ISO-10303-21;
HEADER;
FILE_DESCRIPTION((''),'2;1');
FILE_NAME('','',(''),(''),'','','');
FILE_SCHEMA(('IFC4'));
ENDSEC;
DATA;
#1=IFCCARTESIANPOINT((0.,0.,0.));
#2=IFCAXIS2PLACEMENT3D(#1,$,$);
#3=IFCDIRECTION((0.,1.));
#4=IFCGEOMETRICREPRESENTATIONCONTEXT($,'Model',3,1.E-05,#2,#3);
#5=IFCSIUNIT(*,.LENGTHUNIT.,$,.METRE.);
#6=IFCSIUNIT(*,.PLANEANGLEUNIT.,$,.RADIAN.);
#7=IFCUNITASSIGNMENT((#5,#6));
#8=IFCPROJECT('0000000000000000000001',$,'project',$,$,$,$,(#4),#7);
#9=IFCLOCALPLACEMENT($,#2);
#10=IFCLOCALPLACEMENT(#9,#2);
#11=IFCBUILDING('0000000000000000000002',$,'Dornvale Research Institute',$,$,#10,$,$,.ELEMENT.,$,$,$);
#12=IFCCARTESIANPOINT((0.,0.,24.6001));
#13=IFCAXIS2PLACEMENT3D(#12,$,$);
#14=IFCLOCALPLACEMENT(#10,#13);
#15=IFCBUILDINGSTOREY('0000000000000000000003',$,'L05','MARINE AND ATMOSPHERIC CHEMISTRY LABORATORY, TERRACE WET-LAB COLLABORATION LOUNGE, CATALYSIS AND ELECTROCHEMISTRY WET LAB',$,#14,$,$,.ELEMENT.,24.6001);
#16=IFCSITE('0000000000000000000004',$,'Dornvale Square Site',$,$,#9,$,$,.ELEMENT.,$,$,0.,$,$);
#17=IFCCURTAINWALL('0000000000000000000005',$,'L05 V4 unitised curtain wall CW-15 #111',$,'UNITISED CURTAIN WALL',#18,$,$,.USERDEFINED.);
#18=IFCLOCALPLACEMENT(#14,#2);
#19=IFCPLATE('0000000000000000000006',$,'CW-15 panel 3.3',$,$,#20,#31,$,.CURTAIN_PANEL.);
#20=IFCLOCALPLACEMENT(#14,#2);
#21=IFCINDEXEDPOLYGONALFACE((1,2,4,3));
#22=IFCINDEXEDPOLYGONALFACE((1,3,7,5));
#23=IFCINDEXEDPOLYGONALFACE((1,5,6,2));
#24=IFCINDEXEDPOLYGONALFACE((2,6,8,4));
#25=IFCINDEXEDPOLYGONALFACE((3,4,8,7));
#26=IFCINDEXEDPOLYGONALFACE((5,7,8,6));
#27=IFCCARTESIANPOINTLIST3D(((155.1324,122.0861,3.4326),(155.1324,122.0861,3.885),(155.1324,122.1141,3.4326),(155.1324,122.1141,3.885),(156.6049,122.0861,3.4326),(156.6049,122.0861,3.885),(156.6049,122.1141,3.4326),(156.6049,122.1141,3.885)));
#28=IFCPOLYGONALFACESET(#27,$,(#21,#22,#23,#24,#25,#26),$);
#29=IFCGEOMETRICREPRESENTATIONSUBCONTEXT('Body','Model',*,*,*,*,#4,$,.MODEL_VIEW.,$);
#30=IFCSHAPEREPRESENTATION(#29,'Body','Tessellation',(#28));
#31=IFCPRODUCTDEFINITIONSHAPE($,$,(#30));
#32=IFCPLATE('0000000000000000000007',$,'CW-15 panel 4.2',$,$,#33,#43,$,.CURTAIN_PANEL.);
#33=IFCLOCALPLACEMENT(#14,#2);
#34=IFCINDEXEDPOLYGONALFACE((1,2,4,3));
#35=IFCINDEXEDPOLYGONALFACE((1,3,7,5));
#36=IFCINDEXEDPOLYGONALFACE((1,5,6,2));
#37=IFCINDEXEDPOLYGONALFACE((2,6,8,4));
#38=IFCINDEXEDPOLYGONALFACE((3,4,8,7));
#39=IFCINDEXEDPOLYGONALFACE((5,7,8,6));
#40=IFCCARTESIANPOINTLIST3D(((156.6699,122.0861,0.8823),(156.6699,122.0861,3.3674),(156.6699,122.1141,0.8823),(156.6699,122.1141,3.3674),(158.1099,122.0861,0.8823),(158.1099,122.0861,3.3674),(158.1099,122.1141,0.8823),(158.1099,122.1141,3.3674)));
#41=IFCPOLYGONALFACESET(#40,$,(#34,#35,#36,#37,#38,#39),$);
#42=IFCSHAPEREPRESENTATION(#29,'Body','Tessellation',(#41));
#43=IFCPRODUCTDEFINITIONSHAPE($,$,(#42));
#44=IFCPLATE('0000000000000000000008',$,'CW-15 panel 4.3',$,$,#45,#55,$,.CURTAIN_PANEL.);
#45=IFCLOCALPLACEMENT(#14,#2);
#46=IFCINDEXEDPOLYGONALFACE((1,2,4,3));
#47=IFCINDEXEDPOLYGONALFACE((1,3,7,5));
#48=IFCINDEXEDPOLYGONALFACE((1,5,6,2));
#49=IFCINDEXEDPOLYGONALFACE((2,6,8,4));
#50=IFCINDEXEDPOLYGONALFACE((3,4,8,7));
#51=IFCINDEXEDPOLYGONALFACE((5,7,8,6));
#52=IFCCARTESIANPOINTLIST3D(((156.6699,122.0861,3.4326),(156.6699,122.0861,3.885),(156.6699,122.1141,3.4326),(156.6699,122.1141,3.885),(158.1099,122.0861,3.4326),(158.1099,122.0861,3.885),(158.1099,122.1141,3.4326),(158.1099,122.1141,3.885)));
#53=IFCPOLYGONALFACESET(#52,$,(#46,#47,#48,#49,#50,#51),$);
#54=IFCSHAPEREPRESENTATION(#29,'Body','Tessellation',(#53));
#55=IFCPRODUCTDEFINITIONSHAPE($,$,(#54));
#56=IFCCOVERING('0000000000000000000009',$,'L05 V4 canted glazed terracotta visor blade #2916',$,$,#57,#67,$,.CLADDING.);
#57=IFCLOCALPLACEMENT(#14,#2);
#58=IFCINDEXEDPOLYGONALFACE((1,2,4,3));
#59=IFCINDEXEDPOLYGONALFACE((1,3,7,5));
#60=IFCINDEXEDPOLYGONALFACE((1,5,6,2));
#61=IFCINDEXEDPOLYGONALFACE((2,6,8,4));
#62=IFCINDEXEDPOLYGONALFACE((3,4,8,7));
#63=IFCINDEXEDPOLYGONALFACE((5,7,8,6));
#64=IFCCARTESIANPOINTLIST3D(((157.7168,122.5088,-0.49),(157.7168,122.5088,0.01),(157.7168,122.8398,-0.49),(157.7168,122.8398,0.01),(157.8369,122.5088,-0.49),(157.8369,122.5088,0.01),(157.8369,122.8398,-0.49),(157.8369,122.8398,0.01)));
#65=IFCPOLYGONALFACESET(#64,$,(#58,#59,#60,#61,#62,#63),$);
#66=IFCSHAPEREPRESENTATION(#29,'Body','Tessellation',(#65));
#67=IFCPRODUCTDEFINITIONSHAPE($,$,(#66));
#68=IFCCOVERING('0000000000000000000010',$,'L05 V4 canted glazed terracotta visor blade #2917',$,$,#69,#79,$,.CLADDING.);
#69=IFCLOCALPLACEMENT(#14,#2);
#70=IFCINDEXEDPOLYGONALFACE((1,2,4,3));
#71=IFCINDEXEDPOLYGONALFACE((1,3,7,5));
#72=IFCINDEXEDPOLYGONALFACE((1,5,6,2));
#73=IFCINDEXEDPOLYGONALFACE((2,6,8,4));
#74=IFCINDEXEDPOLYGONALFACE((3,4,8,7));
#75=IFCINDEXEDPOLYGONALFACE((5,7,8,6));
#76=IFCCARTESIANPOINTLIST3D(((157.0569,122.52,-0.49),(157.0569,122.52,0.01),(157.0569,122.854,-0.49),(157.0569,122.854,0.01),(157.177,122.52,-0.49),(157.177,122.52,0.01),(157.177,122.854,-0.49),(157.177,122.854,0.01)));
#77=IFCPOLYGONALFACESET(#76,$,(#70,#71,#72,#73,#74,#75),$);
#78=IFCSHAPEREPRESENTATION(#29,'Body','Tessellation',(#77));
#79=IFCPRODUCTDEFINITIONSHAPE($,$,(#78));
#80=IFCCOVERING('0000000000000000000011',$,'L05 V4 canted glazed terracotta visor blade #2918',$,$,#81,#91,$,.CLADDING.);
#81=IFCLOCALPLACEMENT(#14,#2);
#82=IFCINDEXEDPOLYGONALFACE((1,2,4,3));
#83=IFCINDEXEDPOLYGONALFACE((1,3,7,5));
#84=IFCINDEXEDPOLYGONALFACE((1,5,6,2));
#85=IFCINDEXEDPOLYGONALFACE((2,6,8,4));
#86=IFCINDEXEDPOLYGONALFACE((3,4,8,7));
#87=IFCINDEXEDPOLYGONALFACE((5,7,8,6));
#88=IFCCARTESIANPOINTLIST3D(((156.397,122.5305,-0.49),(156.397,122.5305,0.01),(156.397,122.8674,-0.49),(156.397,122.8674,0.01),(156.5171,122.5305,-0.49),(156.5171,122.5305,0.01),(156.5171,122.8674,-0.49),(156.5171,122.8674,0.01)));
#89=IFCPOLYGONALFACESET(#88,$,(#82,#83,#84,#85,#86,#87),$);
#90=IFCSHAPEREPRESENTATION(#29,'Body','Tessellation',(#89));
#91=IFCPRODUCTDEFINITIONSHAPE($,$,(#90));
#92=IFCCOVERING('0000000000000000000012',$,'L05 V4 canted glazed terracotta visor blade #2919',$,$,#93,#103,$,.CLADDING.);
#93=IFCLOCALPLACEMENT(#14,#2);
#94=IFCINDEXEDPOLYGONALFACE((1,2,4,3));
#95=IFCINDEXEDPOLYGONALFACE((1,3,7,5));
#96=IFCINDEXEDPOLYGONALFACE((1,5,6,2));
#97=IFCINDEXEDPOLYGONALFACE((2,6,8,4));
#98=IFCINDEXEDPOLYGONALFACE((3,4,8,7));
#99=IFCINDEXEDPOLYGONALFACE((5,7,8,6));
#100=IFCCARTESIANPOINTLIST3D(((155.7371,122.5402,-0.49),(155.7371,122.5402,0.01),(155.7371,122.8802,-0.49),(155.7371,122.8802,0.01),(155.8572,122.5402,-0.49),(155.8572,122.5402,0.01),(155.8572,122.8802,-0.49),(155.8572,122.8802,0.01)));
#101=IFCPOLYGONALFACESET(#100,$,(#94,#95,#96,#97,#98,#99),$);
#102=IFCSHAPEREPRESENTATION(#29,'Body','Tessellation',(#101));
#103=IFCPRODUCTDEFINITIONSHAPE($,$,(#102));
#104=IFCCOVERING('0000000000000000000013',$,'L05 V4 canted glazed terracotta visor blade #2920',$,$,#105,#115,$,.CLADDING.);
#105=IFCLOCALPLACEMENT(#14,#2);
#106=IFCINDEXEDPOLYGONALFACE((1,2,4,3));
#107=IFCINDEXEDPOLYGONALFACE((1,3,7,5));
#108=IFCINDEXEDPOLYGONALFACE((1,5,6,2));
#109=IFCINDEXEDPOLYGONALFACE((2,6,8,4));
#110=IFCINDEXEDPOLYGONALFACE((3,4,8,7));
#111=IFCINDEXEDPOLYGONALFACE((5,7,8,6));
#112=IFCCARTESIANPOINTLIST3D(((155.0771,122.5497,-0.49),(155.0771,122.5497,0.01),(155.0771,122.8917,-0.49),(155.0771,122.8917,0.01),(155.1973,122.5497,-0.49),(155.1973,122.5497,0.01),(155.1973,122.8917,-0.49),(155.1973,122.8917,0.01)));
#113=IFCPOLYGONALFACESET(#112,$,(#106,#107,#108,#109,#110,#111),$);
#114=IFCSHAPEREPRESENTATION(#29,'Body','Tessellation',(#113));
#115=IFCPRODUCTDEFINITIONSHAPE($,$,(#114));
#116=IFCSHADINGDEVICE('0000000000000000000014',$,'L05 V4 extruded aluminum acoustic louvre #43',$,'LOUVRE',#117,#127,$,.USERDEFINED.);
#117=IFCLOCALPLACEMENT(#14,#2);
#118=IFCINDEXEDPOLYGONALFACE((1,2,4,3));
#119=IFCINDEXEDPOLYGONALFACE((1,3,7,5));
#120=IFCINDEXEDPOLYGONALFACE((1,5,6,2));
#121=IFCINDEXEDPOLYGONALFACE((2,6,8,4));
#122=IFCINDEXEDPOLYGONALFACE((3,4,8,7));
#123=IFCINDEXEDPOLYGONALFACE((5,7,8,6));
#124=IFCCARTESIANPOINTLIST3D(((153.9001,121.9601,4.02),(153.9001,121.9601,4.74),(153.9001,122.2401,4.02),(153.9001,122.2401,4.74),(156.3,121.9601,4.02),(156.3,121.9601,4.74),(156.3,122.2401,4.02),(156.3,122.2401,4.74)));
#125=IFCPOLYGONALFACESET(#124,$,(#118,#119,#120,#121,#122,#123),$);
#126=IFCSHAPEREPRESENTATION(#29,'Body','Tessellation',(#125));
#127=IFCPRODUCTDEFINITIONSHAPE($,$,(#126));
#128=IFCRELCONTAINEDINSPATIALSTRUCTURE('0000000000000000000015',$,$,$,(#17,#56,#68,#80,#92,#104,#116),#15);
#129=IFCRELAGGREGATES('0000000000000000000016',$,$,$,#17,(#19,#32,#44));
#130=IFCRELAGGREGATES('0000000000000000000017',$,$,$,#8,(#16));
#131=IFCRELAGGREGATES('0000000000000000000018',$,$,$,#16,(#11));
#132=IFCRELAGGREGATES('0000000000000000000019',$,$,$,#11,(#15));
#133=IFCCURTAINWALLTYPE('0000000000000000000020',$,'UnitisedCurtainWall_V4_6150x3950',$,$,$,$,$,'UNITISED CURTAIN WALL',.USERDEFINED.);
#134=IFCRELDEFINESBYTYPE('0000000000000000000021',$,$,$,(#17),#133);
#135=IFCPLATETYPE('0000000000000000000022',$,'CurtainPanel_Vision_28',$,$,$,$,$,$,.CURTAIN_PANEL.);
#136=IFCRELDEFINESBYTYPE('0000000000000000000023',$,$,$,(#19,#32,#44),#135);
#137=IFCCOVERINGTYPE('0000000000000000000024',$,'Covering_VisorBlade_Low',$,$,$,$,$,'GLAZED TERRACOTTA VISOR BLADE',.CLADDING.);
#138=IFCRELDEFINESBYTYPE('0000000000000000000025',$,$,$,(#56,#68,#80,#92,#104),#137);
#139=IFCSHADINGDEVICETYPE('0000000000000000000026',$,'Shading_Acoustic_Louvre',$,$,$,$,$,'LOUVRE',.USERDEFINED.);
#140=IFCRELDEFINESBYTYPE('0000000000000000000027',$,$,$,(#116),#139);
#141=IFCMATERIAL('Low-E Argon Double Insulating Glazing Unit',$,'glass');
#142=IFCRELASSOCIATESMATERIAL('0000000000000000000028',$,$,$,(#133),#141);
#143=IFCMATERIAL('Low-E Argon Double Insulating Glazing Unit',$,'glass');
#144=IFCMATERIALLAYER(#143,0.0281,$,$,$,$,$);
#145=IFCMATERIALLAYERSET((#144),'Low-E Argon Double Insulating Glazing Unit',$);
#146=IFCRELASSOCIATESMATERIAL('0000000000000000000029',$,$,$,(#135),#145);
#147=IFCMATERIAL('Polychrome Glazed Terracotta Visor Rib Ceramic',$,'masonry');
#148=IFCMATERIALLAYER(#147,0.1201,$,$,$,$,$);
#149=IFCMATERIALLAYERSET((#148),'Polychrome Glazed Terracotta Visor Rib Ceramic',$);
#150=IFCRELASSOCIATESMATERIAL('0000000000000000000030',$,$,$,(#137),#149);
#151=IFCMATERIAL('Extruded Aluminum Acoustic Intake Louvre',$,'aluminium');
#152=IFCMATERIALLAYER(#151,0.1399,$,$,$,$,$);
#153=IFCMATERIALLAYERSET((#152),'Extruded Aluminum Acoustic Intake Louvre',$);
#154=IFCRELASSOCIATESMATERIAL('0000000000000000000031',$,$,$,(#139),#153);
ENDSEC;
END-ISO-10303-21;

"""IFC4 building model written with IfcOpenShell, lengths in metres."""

from ifc_helpers import new_model, si_unit, direction, frame, origin, origin_2d, place, context, subcontext, project, spatial, rectangle, extrude, material, layer, layer_set, type_object, element, aggregate, save


model = new_model("IFC4")

# Units and contexts
model_context = context("Model", 3, precision=1e-05, world=origin(), true_north=direction((0.0, 1.0)))
body_context = subcontext(model_context, "Body", "Model", "MODEL_VIEW")
ifc_project = project(units=[si_unit("LENGTHUNIT", "METRE"), si_unit("PLANEANGLEUNIT", "RADIAN")], contexts=[model_context])

# Site, building, storey
site_placement = place(None, origin())
site = spatial("IfcSite", under=ifc_project, at=site_placement, Name="Dornvale Square Site", CompositionType="ELEMENT", RefElevation=0.0)
building_placement = place(site_placement, origin())
building = spatial("IfcBuilding", under=site, at=building_placement, Name="Dornvale Research Institute", CompositionType="ELEMENT")
storey_placement = place(building_placement, frame((0.0, 0.0, 24.6001)))
storey = spatial("IfcBuildingStorey", under=building, at=storey_placement, Name="L05", Description="MARINE AND ATMOSPHERIC CHEMISTRY LABORATORY, TERRACE WET-LAB COLLABORATION LOUNGE, CATALYSIS AND ELECTROCHEMISTRY WET LAB", CompositionType="ELEMENT", Elevation=24.6001)

# Curtain wall, plates
ifc_material_1 = material(Name="Low-E Argon Double Insulating Glazing Unit", Category="glass")
curtain_wall_type = type_object("IfcCurtainWallType", Name="UnitisedCurtainWall_V4_6150x3950", ElementType="UNITISED CURTAIN WALL", PredefinedType="USERDEFINED", material=ifc_material_1)
curtain_wall_placement = place(storey_placement, origin())
curtain_wall = element("IfcCurtainWall", 1, at=curtain_wall_placement, inside=storey, type_object=curtain_wall_type, Name="L05 V4 unitised curtain wall CW-15 #111", ObjectType="UNITISED CURTAIN WALL", PredefinedType="USERDEFINED")
ifc_material_2 = material(Name="Low-E Argon Double Insulating Glazing Unit", Category="glass")
ifc_layer_1 = layer(ifc_material_2, 0.0281)
ifc_layer_set_1 = layer_set([ifc_layer_1], Name="Low-E Argon Double Insulating Glazing Unit")
plate_type_1 = type_object("IfcPlateType", Name="CurtainPanel_Vision_28", PredefinedType="CURTAIN_PANEL", material=ifc_layer_set_1)
plate_1_placement = place(storey_placement, frame((155.8687, 122.1001, 3.4326), z_axis=(0.0, 0.0, 1.0), x_axis=(1.0, 0.0, 0.0)))
plate_1 = element("IfcPlate", 2, at=plate_1_placement, type_object=plate_type_1, Name="CW-15 panel 3.3", PredefinedType="CURTAIN_PANEL", context=body_context, shape_type="SweptSolid", body=[
    extrude(rectangle(XDim=1.4724, YDim=0.0281, at=origin_2d()), origin(), (0.0, 0.0, 1.0), 0.4524),
])
plate_2_placement = place(storey_placement, frame((157.3899, 122.1001, 0.8823), z_axis=(0.0, 0.0, 1.0), x_axis=(1.0, 0.0, 0.0)))
plate_2 = element("IfcPlate", 3, at=plate_2_placement, type_object=plate_type_1, Name="CW-15 panel 4.2", PredefinedType="CURTAIN_PANEL", context=body_context, shape_type="SweptSolid", body=[
    extrude(rectangle(XDim=1.4399, YDim=0.0281, at=origin_2d()), origin(), (0.0, 0.0, 1.0), 2.4851),
])
plate_3_placement = place(storey_placement, frame((157.3899, 122.1001, 3.4326), z_axis=(0.0, 0.0, 1.0), x_axis=(1.0, 0.0, 0.0)))
plate_3 = element("IfcPlate", 4, at=plate_3_placement, type_object=plate_type_1, Name="CW-15 panel 4.3", PredefinedType="CURTAIN_PANEL", context=body_context, shape_type="SweptSolid", body=[
    extrude(rectangle(XDim=1.4399, YDim=0.0281, at=origin_2d()), origin(), (0.0, 0.0, 1.0), 0.4524),
])
aggregate(curtain_wall, [plate_1, plate_2, plate_3])

# Coverings
ifc_material_3 = material(Name="Polychrome Glazed Terracotta Visor Rib Ceramic", Category="masonry")
ifc_layer_2 = layer(ifc_material_3, 0.1201)
ifc_layer_set_2 = layer_set([ifc_layer_2], Name="Polychrome Glazed Terracotta Visor Rib Ceramic")
covering_type = type_object("IfcCoveringType", Name="Covering_VisorBlade_Low", ElementType="GLAZED TERRACOTTA VISOR BLADE", PredefinedType="CLADDING", material=ifc_layer_set_2)
covering_1_placement = place(storey_placement, frame((157.7769, 122.6743, -0.49), z_axis=(0.0, 0.0, 1.0), x_axis=(0.0, 1.0, 0.0)))
element("IfcCovering", 5, at=covering_1_placement, inside=storey, type_object=covering_type, Name="L05 V4 canted glazed terracotta visor blade #2916", PredefinedType="CLADDING", context=body_context, shape_type="SweptSolid", body=[
    extrude(rectangle(XDim=0.3311, YDim=0.1201, at=origin_2d()), origin(), (0.0, 0.0, 1.0), 0.5),
])
covering_2_placement = place(storey_placement, frame((157.1169, 122.687, -0.49), z_axis=(0.0, 0.0, 1.0), x_axis=(0.0, 1.0, 0.0)))
element("IfcCovering", 6, at=covering_2_placement, inside=storey, type_object=covering_type, Name="L05 V4 canted glazed terracotta visor blade #2917", PredefinedType="CLADDING", context=body_context, shape_type="SweptSolid", body=[
    extrude(rectangle(XDim=0.334, YDim=0.1201, at=origin_2d()), origin(), (0.0, 0.0, 1.0), 0.5),
])
covering_3_placement = place(storey_placement, frame((156.457, 122.699, -0.49), z_axis=(0.0, 0.0, 1.0), x_axis=(0.0, 1.0, 0.0)))
element("IfcCovering", 7, at=covering_3_placement, inside=storey, type_object=covering_type, Name="L05 V4 canted glazed terracotta visor blade #2918", PredefinedType="CLADDING", context=body_context, shape_type="SweptSolid", body=[
    extrude(rectangle(XDim=0.3369, YDim=0.1201, at=origin_2d()), origin(), (0.0, 0.0, 1.0), 0.5),
])
covering_4_placement = place(storey_placement, frame((155.7971, 122.7102, -0.49), z_axis=(0.0, 0.0, 1.0), x_axis=(0.0, 1.0, 0.0)))
element("IfcCovering", 8, at=covering_4_placement, inside=storey, type_object=covering_type, Name="L05 V4 canted glazed terracotta visor blade #2919", PredefinedType="CLADDING", context=body_context, shape_type="SweptSolid", body=[
    extrude(rectangle(XDim=0.3401, YDim=0.1201, at=origin_2d()), origin(), (0.0, 0.0, 1.0), 0.5),
])
covering_5_placement = place(storey_placement, frame((155.1372, 122.7207, -0.49), z_axis=(0.0, 0.0, 1.0), x_axis=(0.0, 1.0, 0.0)))
element("IfcCovering", 9, at=covering_5_placement, inside=storey, type_object=covering_type, Name="L05 V4 canted glazed terracotta visor blade #2920", PredefinedType="CLADDING", context=body_context, shape_type="SweptSolid", body=[
    extrude(rectangle(XDim=0.342, YDim=0.1201, at=origin_2d()), origin(), (0.0, 0.0, 1.0), 0.5),
])

# Shading device
ifc_material_4 = material(Name="Extruded Aluminum Acoustic Intake Louvre", Category="aluminium")
ifc_layer_3 = layer(ifc_material_4, 0.1399)
ifc_layer_set_3 = layer_set([ifc_layer_3], Name="Extruded Aluminum Acoustic Intake Louvre")
shading_device_type = type_object("IfcShadingDeviceType", Name="Shading_Acoustic_Louvre", ElementType="LOUVRE", PredefinedType="USERDEFINED", material=ifc_layer_set_3)
shading_device_placement = place(storey_placement, frame((155.1001, 122.1001, 4.02), z_axis=(0.0, 0.0, 1.0), x_axis=(1.0, 0.0, 0.0)))
element("IfcShadingDevice", 10, at=shading_device_placement, inside=storey, type_object=shading_device_type, Name="L05 V4 extruded aluminum acoustic louvre #43", ObjectType="LOUVRE", PredefinedType="USERDEFINED", context=body_context, shape_type="SweptSolid", body=[
    extrude(rectangle(XDim=2.3999, YDim=0.28, at=origin_2d()), origin(), (0.0, 0.0, 1.0), 0.72),
])

save(model, "model.ifc")
